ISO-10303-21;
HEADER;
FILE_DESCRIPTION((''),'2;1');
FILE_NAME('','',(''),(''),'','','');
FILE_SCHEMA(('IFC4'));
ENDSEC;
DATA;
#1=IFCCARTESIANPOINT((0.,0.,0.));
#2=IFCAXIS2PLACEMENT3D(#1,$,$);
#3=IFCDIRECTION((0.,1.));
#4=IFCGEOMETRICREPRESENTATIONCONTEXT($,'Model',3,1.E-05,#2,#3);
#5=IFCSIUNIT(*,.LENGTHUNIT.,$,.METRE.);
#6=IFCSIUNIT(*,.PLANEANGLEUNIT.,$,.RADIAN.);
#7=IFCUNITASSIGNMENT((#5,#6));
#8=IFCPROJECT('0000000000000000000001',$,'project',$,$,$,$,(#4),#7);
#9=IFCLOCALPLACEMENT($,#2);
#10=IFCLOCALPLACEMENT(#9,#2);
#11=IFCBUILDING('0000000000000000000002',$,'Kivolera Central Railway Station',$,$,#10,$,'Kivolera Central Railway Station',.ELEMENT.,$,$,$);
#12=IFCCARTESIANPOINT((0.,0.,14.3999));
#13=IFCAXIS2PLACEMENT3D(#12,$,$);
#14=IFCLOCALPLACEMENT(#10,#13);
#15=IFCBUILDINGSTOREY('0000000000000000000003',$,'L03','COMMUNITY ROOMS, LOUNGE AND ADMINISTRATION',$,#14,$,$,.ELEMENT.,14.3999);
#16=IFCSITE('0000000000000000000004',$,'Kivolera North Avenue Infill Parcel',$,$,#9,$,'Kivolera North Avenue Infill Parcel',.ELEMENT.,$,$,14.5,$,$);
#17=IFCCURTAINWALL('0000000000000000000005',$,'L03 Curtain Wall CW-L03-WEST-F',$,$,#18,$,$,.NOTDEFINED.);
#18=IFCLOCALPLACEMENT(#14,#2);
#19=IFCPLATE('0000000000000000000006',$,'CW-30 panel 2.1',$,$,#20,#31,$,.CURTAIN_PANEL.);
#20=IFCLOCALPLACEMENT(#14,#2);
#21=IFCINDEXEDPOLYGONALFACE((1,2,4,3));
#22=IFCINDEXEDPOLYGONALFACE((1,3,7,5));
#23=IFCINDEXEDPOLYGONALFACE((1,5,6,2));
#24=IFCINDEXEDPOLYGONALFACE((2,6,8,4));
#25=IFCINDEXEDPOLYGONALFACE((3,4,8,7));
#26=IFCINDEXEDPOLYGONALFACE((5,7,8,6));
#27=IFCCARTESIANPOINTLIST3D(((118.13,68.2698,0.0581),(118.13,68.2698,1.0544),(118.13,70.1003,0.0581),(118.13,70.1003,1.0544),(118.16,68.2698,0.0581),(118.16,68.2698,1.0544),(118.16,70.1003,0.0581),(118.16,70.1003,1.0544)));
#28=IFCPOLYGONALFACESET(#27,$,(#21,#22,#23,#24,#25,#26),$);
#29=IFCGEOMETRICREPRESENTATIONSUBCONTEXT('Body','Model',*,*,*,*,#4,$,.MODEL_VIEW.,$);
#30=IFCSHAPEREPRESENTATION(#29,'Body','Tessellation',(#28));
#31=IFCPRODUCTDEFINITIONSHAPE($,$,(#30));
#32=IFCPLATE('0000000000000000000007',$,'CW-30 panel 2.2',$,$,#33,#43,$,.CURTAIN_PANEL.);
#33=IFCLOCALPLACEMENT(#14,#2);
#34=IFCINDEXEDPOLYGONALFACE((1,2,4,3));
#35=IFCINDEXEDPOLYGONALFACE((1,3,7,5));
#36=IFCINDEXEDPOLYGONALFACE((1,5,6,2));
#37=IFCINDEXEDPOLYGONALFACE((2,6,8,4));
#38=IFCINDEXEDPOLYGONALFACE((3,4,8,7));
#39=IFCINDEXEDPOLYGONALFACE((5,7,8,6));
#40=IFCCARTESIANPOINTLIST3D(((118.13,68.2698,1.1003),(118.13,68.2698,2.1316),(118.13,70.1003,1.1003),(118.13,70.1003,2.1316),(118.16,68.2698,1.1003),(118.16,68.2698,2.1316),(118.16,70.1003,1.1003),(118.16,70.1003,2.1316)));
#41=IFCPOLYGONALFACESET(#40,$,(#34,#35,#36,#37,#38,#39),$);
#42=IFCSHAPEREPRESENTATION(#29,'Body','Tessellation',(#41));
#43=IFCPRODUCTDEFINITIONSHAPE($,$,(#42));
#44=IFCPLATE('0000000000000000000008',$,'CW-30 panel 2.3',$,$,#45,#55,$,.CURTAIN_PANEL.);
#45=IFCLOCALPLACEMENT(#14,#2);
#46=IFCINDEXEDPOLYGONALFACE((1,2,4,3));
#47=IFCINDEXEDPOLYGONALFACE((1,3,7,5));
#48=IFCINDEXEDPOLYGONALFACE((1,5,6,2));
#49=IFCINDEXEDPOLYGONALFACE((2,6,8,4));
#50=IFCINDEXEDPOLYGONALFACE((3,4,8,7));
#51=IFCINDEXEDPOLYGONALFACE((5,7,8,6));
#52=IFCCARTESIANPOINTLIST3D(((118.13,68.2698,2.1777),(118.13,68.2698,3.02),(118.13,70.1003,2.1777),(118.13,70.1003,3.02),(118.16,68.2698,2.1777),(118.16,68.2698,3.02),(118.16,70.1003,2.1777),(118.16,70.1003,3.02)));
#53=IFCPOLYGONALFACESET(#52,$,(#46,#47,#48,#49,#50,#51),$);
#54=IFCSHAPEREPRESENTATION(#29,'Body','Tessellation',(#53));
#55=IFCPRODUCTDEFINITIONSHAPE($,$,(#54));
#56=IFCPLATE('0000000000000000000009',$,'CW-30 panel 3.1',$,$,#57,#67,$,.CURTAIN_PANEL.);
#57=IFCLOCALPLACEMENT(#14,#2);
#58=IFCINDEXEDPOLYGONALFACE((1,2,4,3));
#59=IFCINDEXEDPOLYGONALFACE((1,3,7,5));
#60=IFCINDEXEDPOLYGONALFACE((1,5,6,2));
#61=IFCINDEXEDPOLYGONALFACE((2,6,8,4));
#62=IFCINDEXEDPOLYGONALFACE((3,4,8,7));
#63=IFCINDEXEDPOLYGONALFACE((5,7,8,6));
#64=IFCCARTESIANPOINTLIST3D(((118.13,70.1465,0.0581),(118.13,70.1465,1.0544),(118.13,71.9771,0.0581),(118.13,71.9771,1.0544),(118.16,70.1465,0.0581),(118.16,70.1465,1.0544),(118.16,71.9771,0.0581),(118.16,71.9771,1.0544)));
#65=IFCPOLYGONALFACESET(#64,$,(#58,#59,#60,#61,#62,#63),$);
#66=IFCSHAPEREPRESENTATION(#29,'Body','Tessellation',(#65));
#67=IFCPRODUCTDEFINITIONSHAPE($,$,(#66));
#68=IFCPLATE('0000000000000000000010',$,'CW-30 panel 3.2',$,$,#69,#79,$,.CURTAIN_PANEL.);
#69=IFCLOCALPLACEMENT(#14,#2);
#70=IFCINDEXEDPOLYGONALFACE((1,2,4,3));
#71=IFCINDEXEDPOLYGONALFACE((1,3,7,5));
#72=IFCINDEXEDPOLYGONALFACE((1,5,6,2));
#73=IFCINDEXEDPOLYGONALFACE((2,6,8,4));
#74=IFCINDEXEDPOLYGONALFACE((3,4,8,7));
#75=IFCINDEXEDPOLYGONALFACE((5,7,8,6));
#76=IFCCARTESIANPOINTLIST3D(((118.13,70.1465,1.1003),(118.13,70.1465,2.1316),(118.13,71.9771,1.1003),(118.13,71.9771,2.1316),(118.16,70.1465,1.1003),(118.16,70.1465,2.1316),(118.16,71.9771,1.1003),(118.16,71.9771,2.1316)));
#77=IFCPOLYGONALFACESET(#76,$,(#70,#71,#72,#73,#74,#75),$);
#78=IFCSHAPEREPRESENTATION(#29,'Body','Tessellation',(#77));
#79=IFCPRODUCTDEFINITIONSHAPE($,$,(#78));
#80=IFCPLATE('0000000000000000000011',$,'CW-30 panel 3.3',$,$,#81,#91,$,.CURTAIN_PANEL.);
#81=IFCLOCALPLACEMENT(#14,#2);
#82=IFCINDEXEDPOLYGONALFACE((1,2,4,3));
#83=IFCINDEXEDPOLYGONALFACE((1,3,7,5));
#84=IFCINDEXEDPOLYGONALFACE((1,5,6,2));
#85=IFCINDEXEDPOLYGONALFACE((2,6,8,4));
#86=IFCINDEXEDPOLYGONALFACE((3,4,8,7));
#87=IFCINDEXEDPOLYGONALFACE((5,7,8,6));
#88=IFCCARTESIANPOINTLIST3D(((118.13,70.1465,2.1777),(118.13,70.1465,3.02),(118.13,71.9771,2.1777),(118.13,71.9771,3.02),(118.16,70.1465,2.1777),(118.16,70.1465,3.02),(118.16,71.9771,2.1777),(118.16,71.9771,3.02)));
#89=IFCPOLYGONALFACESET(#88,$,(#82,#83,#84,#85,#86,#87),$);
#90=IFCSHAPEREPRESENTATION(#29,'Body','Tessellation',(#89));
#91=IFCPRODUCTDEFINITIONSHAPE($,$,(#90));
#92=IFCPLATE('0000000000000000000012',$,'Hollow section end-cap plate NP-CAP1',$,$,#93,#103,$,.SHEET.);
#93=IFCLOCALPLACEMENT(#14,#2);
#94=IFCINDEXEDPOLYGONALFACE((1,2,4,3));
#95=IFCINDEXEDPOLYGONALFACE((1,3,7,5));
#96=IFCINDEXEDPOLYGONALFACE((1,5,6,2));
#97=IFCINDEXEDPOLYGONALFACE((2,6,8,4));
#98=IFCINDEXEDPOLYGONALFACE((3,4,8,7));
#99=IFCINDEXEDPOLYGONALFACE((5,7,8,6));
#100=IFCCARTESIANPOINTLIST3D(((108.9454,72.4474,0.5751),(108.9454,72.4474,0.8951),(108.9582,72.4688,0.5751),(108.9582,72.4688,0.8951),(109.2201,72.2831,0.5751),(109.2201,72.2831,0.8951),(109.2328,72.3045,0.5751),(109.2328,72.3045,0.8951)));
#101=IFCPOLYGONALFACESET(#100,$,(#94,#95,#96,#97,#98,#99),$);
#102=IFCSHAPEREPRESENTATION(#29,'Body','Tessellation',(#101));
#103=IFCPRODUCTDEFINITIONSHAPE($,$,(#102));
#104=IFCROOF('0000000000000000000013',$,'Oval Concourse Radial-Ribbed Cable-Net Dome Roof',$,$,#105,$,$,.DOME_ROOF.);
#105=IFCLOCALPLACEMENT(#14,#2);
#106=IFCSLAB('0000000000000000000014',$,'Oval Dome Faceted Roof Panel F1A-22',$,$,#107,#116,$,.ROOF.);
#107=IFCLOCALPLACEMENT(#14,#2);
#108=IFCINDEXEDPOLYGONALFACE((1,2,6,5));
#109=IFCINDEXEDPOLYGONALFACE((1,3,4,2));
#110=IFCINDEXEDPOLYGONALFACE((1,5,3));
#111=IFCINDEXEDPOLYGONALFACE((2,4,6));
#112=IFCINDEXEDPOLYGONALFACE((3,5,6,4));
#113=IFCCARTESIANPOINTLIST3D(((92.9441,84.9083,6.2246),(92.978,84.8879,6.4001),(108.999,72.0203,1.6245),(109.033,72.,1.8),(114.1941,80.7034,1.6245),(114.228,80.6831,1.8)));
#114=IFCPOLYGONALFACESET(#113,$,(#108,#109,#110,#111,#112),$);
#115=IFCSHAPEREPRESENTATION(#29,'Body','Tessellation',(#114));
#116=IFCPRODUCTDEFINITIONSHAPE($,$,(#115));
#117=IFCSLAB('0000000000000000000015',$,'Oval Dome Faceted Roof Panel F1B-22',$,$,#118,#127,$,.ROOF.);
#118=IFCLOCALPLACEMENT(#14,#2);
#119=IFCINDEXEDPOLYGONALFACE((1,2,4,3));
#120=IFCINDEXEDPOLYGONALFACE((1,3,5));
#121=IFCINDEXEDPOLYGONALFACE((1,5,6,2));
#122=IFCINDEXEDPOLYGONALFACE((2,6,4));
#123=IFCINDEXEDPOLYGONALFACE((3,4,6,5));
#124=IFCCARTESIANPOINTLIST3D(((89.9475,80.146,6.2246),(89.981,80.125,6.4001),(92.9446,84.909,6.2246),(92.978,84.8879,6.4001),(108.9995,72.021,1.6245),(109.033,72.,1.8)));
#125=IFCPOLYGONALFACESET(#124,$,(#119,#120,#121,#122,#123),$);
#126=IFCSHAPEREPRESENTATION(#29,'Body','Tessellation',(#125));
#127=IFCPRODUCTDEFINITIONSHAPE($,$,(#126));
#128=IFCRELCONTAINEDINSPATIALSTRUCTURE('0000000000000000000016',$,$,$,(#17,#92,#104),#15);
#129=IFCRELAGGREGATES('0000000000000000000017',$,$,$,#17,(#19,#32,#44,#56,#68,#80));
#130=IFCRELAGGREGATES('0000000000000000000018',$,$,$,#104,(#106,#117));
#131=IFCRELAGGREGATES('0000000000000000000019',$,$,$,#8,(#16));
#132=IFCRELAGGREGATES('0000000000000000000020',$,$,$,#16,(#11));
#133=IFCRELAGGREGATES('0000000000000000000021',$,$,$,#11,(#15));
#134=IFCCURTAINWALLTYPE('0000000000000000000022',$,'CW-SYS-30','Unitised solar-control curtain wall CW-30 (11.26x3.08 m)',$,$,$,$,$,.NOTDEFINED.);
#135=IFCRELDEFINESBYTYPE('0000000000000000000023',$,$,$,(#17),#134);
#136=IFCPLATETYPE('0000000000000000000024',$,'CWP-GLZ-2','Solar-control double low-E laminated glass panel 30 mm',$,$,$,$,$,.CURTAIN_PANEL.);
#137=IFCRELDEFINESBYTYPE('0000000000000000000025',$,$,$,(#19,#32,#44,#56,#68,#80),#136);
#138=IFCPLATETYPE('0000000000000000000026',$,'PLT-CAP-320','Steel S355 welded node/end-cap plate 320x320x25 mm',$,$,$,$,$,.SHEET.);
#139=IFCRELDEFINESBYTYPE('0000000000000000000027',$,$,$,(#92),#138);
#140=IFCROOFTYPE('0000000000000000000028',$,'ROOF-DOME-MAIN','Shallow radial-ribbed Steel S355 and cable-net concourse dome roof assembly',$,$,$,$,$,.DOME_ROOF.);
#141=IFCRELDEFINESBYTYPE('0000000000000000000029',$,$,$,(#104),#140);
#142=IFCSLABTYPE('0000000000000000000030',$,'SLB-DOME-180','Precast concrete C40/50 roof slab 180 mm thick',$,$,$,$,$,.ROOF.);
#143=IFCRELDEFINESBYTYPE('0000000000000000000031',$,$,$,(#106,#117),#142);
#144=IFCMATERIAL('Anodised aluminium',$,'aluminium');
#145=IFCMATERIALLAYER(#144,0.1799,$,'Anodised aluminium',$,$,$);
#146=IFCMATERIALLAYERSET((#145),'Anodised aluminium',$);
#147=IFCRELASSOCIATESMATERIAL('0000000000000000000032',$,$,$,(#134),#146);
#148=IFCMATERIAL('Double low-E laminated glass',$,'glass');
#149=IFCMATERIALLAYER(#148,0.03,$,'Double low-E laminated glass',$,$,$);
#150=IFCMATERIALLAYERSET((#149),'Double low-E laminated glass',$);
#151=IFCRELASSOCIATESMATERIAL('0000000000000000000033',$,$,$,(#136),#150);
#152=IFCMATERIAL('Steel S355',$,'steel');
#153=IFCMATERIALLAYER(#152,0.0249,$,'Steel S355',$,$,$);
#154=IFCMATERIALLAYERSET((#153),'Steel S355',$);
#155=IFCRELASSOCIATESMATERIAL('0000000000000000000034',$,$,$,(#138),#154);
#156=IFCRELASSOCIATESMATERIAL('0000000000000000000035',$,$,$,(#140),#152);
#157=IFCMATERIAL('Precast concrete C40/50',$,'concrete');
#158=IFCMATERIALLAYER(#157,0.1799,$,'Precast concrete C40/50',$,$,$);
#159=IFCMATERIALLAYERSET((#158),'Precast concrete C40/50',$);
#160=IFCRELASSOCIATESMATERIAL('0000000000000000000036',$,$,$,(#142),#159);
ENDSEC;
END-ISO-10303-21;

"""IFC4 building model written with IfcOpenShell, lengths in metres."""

from ifc_helpers import new_model, si_unit, direction, frame, origin, origin_2d, place, context, subcontext, project, spatial, polyline, rectangle, outline, extrude, material, layer, layer_set, type_object, element, aggregate, save


model = new_model("IFC4")

# Units and contexts
model_context = context("Model", 3, precision=1e-05, world=origin(), true_north=direction((0.0, 1.0)))
body_context = subcontext(model_context, "Body", "Model", "MODEL_VIEW")
ifc_project = project(units=[si_unit("LENGTHUNIT", "METRE"), si_unit("PLANEANGLEUNIT", "RADIAN")], contexts=[model_context])

# Site, building, storey
site_placement = place(None, origin())
site = spatial("IfcSite", under=ifc_project, at=site_placement, Name="Kivolera North Avenue Infill Parcel", LongName="Kivolera North Avenue Infill Parcel", CompositionType="ELEMENT", RefElevation=14.5)
building_placement = place(site_placement, origin())
building = spatial("IfcBuilding", under=site, at=building_placement, Name="Kivolera Central Railway Station", LongName="Kivolera Central Railway Station", CompositionType="ELEMENT")
storey_placement = place(building_placement, frame((0.0, 0.0, 14.3999)))
storey = spatial("IfcBuildingStorey", under=building, at=storey_placement, Name="L03", Description="COMMUNITY ROOMS, LOUNGE AND ADMINISTRATION", CompositionType="ELEMENT", Elevation=14.3999)

# Shared definitions
ifc_material_1 = material(Name="Steel S355", Category="steel")

# Curtain wall
ifc_material_2 = material(Name="Anodised aluminium", Category="aluminium")
ifc_layer_1 = layer(ifc_material_2, 0.1799, Name="Anodised aluminium")
ifc_layer_set_1 = layer_set([ifc_layer_1], Name="Anodised aluminium")
curtain_wall_type = type_object("IfcCurtainWallType", Name="CW-SYS-30", Description="Unitised solar-control curtain wall CW-30 (11.26x3.08 m)", PredefinedType="NOTDEFINED", material=ifc_layer_set_1)
curtain_wall_placement = place(storey_placement, origin())
curtain_wall = element("IfcCurtainWall", 1, at=curtain_wall_placement, inside=storey, type_object=curtain_wall_type, Name="L03 Curtain Wall CW-L03-WEST-F", PredefinedType="NOTDEFINED")

# Plates
ifc_material_3 = material(Name="Double low-E laminated glass", Category="glass")
ifc_layer_2 = layer(ifc_material_3, 0.03, Name="Double low-E laminated glass")
ifc_layer_set_2 = layer_set([ifc_layer_2], Name="Double low-E laminated glass")
plate_type_1 = type_object("IfcPlateType", Name="CWP-GLZ-2", Description="Solar-control double low-E laminated glass panel 30 mm", PredefinedType="CURTAIN_PANEL", material=ifc_layer_set_2)
plate_1_placement = place(storey_placement, frame((118.145, 69.1851, 0.0581), z_axis=(0.0, 0.0, 1.0), x_axis=(0.0, 1.0, 0.0)))
plate_1 = element("IfcPlate", 2, at=plate_1_placement, type_object=plate_type_1, Name="CW-30 panel 2.1", PredefinedType="CURTAIN_PANEL", context=body_context, shape_type="SweptSolid", body=[
    extrude(rectangle(XDim=1.8306, YDim=0.03, at=origin_2d()), origin(), (0.0, 0.0, 1.0), 0.9963),
])
plate_2_placement = place(storey_placement, frame((118.145, 69.1851, 1.1003), z_axis=(0.0, 0.0, 1.0), x_axis=(0.0, 1.0, 0.0)))
plate_2 = element("IfcPlate", 3, at=plate_2_placement, type_object=plate_type_1, Name="CW-30 panel 2.2", PredefinedType="CURTAIN_PANEL", context=body_context, shape_type="SweptSolid", body=[
    extrude(rectangle(XDim=1.8306, YDim=0.03, at=origin_2d()), origin(), (0.0, 0.0, 1.0), 1.0312),
])
plate_3_placement = place(storey_placement, frame((118.145, 69.1851, 2.1777), z_axis=(0.0, 0.0, 1.0), x_axis=(0.0, 1.0, 0.0)))
plate_3 = element("IfcPlate", 4, at=plate_3_placement, type_object=plate_type_1, Name="CW-30 panel 2.3", PredefinedType="CURTAIN_PANEL", context=body_context, shape_type="SweptSolid", body=[
    extrude(rectangle(XDim=1.8306, YDim=0.03, at=origin_2d()), origin(), (0.0, 0.0, 1.0), 0.8423),
])
plate_4_placement = place(storey_placement, frame((118.145, 71.0618, 0.0581), z_axis=(0.0, 0.0, 1.0), x_axis=(0.0, 1.0, 0.0)))
plate_4 = element("IfcPlate", 5, at=plate_4_placement, type_object=plate_type_1, Name="CW-30 panel 3.1", PredefinedType="CURTAIN_PANEL", context=body_context, shape_type="SweptSolid", body=[
    extrude(rectangle(XDim=1.8306, YDim=0.03, at=origin_2d()), origin(), (0.0, 0.0, 1.0), 0.9963),
])
plate_5_placement = place(storey_placement, frame((118.145, 71.0618, 1.1003), z_axis=(0.0, 0.0, 1.0), x_axis=(0.0, 1.0, 0.0)))
plate_5 = element("IfcPlate", 6, at=plate_5_placement, type_object=plate_type_1, Name="CW-30 panel 3.2", PredefinedType="CURTAIN_PANEL", context=body_context, shape_type="SweptSolid", body=[
    extrude(rectangle(XDim=1.8306, YDim=0.03, at=origin_2d()), origin(), (0.0, 0.0, 1.0), 1.0312),
])
plate_6_placement = place(storey_placement, frame((118.145, 71.0618, 2.1777), z_axis=(0.0, 0.0, 1.0), x_axis=(0.0, 1.0, 0.0)))
plate_6 = element("IfcPlate", 7, at=plate_6_placement, type_object=plate_type_1, Name="CW-30 panel 3.3", PredefinedType="CURTAIN_PANEL", context=body_context, shape_type="SweptSolid", body=[
    extrude(rectangle(XDim=1.8306, YDim=0.03, at=origin_2d()), origin(), (0.0, 0.0, 1.0), 0.8423),
])
aggregate(curtain_wall, [plate_1, plate_2, plate_3, plate_4, plate_5, plate_6])
ifc_layer_3 = layer(ifc_material_1, 0.0249, Name="Steel S355")
ifc_layer_set_3 = layer_set([ifc_layer_3], Name="Steel S355")
plate_type_2 = type_object("IfcPlateType", Name="PLT-CAP-320", Description="Steel S355 welded node/end-cap plate 320x320x25 mm", PredefinedType="SHEET", material=ifc_layer_set_3)
plate_7_placement = place(storey_placement, frame((109.0891, 72.376, 0.7351), z_axis=(0.51337, 0.858167, 0.0), x_axis=(-0.858167, 0.51337, 0.0)))
element("IfcPlate", 8, at=plate_7_placement, inside=storey, type_object=plate_type_2, Name="Hollow section end-cap plate NP-CAP1", PredefinedType="SHEET", context=body_context, shape_type="SweptSolid", body=[
    extrude(rectangle(XDim=0.3201, YDim=0.3201, at=origin_2d()), frame((0.0, 0.0, -0.0125)), (0.0, 0.0, 1.0), 0.0249),
])

# Roof, slabs
roof_type = type_object("IfcRoofType", Name="ROOF-DOME-MAIN", Description="Shallow radial-ribbed Steel S355 and cable-net concourse dome roof assembly", PredefinedType="DOME_ROOF", material=ifc_material_1)
roof_placement = place(storey_placement, origin())
roof = element("IfcRoof", 9, at=roof_placement, inside=storey, type_object=roof_type, Name="Oval Concourse Radial-Ribbed Cable-Net Dome Roof", PredefinedType="DOME_ROOF")
ifc_material_4 = material(Name="Precast concrete C40/50", Category="concrete")
ifc_layer_4 = layer(ifc_material_4, 0.1799, Name="Precast concrete C40/50")
ifc_layer_set_4 = layer_set([ifc_layer_4], Name="Precast concrete C40/50")
slab_type = type_object("IfcSlabType", Name="SLB-DOME-180", Description="Precast concrete C40/50 roof slab 180 mm thick", PredefinedType="ROOF", material=ifc_layer_set_4)
slab_1_placement = place(storey_placement, frame((109.033, 72.0, 1.8), z_axis=(0.188816, -0.112968, 0.975493), x_axis=(0.51342, 0.858137, 0.0)))
slab_1 = element("IfcSlab", 10, at=slab_1_placement, type_object=slab_type, Name="Oval Dome Faceted Roof Panel F1A-22", PredefinedType="ROOF", context=body_context, shape_type="SweptSolid", body=[
    extrude(outline(polyline([(0.0, 0.0), (10.1186, 0.0), (2.8167, 20.9066), (0.0, 0.0)])), origin(), (0.0, 0.0, -1.0), 0.1799),
])
slab_2_placement = place(storey_placement, frame((109.033, 72.0, 1.8), z_axis=(0.185725, -0.116867, 0.975627), x_axis=(-0.761059, 0.610933, 0.21806)))
slab_2 = element("IfcSlab", 11, at=slab_2_placement, type_object=slab_type, Name="Oval Dome Faceted Roof Panel F1B-22", PredefinedType="ROOF", context=body_context, shape_type="SweptSolid", body=[
    extrude(outline(polyline([(0.0, 0.0), (21.0955, 0.0), (20.4666, 5.5922), (0.0, 0.0)])), origin(), (0.0, 0.0, -1.0), 0.1799),
])
aggregate(roof, [slab_1, slab_2])

save(model, "model.ifc")
